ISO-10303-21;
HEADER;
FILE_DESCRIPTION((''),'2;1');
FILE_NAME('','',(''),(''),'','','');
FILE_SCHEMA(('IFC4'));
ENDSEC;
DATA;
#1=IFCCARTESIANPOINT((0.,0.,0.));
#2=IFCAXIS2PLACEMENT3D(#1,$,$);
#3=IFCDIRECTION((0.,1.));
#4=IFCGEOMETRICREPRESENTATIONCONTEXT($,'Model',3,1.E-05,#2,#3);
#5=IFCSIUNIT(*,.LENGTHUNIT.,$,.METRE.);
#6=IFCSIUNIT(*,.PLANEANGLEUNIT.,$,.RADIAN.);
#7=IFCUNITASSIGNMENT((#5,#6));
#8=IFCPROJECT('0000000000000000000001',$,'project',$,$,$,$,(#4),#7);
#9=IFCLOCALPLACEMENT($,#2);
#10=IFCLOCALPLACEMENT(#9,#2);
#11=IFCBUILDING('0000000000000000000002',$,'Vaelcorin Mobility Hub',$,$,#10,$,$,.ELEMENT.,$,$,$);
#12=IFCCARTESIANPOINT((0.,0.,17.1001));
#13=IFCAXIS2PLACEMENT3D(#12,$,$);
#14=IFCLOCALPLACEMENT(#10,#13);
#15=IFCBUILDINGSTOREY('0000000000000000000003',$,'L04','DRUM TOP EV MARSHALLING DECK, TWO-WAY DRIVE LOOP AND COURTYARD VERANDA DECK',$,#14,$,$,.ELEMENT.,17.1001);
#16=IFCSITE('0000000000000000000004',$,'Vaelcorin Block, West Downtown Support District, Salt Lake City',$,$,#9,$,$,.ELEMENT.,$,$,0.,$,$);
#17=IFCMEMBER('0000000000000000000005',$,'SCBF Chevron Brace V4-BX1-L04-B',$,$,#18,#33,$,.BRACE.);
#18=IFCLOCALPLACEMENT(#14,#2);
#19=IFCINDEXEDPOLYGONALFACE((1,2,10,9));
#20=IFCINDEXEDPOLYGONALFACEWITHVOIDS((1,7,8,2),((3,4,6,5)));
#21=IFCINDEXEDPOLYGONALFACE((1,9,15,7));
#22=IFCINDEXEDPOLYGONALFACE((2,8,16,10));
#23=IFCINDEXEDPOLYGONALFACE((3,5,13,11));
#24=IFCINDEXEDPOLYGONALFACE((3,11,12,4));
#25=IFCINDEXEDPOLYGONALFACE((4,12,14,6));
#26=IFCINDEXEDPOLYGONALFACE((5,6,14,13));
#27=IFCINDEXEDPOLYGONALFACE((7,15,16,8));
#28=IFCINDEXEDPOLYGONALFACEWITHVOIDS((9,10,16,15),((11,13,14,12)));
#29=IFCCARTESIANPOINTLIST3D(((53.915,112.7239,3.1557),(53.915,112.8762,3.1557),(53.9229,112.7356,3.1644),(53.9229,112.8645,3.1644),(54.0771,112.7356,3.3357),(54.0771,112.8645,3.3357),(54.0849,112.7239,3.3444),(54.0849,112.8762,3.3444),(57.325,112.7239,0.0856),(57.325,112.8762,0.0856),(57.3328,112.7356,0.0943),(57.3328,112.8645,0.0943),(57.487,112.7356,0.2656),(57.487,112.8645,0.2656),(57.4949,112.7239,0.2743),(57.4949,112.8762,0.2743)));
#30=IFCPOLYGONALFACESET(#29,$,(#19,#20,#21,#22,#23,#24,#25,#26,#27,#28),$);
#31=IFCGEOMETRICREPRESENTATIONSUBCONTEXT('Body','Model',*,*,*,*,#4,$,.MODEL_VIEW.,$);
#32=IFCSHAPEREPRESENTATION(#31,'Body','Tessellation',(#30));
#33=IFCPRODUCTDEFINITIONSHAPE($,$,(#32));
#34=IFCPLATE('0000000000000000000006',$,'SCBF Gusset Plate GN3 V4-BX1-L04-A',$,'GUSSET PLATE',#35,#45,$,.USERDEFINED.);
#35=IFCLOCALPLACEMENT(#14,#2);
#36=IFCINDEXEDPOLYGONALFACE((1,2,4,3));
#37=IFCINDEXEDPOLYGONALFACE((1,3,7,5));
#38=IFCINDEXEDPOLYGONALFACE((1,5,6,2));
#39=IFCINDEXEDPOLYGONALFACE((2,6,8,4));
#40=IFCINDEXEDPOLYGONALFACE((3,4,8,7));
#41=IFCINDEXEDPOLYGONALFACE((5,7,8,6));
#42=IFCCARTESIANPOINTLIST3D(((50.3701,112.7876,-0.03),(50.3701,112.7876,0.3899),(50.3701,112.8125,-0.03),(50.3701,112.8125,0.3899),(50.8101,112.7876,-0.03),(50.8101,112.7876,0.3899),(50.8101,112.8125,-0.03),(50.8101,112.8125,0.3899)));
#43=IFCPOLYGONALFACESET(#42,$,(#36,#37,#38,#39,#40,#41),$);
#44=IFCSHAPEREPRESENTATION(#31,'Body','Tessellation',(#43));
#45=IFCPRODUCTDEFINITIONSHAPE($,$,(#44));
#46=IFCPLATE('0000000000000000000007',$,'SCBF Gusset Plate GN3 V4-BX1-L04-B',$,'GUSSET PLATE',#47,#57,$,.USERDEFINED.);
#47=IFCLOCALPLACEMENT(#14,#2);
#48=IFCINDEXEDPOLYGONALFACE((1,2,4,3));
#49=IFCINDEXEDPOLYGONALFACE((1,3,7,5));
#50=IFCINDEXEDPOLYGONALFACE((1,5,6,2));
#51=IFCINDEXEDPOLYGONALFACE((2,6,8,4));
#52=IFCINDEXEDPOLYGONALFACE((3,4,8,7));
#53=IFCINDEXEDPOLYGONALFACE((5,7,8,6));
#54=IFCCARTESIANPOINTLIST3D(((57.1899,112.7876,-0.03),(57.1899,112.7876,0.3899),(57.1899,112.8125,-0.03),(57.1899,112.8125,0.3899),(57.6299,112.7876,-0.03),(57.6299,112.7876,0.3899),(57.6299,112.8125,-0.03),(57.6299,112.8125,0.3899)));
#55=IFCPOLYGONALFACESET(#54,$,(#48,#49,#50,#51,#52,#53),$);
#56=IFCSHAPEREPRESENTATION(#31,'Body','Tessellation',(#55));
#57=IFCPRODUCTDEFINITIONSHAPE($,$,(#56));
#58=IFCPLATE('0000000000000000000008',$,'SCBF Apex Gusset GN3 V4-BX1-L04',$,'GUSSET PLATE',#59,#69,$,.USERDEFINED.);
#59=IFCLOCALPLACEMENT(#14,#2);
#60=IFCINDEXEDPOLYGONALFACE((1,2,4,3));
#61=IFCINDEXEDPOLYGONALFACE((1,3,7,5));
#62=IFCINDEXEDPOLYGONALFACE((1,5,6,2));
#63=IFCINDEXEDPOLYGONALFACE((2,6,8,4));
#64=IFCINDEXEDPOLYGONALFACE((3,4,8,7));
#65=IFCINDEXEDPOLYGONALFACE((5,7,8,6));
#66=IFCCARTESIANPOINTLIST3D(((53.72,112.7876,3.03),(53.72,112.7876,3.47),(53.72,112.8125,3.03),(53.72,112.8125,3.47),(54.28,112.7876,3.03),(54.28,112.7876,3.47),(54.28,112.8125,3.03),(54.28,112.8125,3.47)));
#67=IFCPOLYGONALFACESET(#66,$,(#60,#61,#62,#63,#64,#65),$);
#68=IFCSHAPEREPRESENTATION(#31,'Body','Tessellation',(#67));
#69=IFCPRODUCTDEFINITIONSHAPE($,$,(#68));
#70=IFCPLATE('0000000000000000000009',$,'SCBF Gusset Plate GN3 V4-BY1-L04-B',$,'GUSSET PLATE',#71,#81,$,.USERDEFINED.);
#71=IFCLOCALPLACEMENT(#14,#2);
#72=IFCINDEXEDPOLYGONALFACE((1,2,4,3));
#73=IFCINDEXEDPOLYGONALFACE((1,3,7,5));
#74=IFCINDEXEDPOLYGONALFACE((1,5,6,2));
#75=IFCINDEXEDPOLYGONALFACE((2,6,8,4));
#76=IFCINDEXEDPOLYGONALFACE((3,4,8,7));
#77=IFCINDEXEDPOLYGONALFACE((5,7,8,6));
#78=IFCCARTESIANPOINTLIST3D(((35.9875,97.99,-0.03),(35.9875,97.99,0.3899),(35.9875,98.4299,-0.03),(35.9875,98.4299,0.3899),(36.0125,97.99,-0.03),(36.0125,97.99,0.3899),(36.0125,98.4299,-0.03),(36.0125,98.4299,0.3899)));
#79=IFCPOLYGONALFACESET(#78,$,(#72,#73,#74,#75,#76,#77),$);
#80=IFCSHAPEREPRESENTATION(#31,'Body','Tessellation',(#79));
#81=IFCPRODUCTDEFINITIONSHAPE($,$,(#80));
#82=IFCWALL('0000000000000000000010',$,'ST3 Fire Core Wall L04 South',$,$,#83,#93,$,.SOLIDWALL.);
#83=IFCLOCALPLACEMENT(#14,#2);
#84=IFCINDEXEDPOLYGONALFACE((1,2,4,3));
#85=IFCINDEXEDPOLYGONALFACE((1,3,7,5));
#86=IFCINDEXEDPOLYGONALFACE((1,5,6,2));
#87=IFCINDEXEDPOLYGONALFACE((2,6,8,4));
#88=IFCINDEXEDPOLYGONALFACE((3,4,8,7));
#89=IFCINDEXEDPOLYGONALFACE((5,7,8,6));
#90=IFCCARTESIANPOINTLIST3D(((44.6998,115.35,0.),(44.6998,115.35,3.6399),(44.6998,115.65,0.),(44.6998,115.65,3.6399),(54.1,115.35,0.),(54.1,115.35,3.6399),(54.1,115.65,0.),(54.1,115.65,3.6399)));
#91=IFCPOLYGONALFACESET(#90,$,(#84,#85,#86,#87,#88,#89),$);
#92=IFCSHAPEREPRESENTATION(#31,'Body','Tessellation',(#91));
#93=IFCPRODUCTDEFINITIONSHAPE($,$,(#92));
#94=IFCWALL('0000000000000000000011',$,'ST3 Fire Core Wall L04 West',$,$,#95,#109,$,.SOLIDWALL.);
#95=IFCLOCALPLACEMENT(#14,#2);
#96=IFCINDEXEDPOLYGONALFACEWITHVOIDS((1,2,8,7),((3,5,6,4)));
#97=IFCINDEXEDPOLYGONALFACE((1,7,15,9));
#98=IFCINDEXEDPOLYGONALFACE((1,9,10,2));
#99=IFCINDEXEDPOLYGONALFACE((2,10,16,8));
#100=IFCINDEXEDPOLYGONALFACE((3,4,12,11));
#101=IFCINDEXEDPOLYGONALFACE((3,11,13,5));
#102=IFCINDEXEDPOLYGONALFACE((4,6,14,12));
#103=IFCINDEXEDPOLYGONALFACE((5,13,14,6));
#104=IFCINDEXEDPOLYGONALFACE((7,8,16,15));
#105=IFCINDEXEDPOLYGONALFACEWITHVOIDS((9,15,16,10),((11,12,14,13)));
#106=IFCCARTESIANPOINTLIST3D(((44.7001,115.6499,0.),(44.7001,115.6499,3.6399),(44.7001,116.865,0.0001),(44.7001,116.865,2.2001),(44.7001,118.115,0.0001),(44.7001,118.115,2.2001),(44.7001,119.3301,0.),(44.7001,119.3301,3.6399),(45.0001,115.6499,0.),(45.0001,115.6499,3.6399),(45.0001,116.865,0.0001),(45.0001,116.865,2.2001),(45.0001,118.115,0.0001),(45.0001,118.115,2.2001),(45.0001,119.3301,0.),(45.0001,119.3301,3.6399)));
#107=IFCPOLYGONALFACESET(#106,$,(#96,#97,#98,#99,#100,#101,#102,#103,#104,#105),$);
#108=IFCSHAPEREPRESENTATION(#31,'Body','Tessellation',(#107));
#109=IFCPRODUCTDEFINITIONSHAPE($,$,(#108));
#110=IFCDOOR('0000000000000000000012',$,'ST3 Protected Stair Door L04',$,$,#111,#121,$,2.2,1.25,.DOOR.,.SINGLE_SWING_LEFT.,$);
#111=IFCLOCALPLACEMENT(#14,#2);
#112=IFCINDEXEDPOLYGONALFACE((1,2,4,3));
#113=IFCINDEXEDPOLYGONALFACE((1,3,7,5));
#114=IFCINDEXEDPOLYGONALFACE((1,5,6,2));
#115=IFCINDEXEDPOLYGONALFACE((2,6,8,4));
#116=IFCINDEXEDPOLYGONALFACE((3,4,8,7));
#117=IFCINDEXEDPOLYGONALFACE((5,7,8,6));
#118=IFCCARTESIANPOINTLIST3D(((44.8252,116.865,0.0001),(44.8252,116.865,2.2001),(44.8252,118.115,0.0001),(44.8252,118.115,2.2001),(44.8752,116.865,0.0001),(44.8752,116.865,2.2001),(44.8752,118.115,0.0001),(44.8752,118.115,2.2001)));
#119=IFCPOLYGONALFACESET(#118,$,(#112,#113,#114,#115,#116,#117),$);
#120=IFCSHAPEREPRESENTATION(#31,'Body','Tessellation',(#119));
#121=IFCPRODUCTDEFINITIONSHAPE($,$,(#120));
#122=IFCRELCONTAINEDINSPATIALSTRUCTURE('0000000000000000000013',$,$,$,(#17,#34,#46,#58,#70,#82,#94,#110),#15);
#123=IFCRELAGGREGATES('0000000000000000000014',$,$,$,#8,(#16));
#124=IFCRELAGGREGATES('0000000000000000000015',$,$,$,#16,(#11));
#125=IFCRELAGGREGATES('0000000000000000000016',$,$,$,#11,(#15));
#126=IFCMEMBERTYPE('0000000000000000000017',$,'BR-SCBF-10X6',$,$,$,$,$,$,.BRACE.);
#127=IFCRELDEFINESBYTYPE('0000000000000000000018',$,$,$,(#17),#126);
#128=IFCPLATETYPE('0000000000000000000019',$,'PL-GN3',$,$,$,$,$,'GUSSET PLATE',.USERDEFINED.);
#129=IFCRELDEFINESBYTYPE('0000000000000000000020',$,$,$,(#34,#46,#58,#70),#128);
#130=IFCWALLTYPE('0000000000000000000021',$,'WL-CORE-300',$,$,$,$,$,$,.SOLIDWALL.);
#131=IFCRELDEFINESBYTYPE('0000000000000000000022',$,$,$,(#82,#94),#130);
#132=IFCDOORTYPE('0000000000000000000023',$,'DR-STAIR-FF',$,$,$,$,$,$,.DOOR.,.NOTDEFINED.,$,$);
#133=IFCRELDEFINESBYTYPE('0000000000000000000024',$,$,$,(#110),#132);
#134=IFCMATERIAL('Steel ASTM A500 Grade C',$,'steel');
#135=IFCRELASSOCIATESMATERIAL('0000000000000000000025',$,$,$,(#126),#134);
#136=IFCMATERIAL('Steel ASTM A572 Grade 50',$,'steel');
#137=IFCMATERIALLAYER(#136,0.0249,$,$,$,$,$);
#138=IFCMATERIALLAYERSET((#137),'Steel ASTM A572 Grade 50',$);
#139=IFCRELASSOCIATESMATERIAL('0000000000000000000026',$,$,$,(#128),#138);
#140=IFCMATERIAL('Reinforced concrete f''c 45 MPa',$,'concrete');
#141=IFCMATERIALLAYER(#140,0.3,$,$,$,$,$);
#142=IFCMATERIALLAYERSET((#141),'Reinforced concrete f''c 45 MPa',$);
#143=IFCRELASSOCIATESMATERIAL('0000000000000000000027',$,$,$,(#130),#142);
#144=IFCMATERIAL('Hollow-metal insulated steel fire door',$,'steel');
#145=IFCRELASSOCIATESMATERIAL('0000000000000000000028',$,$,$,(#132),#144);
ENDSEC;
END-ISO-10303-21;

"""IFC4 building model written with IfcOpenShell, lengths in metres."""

from ifc_helpers import new_model, si_unit, direction, frame, frame_2d, origin, origin_2d, place, context, subcontext, project, spatial, rectangle, hollow_rectangle, extrude, material, layer, layer_set, material_profile, profile_set, type_object, element, fill, save


model = new_model("IFC4")

# Units and contexts
model_context = context("Model", 3, precision=1e-05, world=origin(), true_north=direction((0.0, 1.0)))
body_context = subcontext(model_context, "Body", "Model", "MODEL_VIEW")
ifc_project = project(units=[si_unit("LENGTHUNIT", "METRE"), si_unit("PLANEANGLEUNIT", "RADIAN")], contexts=[model_context])

# Site, building, storey
site_placement = place(None, origin())
site = spatial("IfcSite", under=ifc_project, at=site_placement, Name="Vaelcorin Block, West Downtown Support District, Salt Lake City", CompositionType="ELEMENT", RefElevation=0.0)
building_placement = place(site_placement, origin())
building = spatial("IfcBuilding", under=site, at=building_placement, Name="Vaelcorin Mobility Hub", CompositionType="ELEMENT")
storey_placement = place(building_placement, frame((0.0, 0.0, 17.1001)))
storey = spatial("IfcBuildingStorey", under=building, at=storey_placement, Name="L04", Description="DRUM TOP EV MARSHALLING DECK, TWO-WAY DRIVE LOOP AND COURTYARD VERANDA DECK", CompositionType="ELEMENT", Elevation=17.1001)

# Member
ifc_material_1 = material(Name="Steel ASTM A500 Grade C", Category="steel")
ifc_material_profile_1 = material_profile(ifc_material_1, hollow_rectangle(XDim=0.1523, YDim=0.2539, WallThickness=0.0117, at=origin_2d()), Name="HSS10X6X0.500")
ifc_profile_set_1 = profile_set([ifc_material_profile_1], Name="Steel ASTM A500 Grade C")
member_type = type_object("IfcMemberType", Name="BR-SCBF-10X6", PredefinedType="BRACE", material=ifc_profile_set_1)
for number, where, z_axis, x_axis, name in (
    (1, (57.4099, 112.8, 0.1799), (-0.74317, 0.0, 0.669103), (0.0, -1.0, 0.0), "SCBF Chevron Brace V4-BX1-L04-B"),
):
    element("IfcMember", number, at=place(storey_placement, frame(where, z_axis=z_axis, x_axis=x_axis)), inside=storey, type_object=member_type, Name=name, PredefinedType="BRACE", context=body_context, shape_type="SweptSolid", body=[
        extrude(hollow_rectangle(XDim=0.1523, YDim=0.2539, WallThickness=0.0117, at=origin_2d()), origin(), (0.0, 0.0, 1.0), 4.5884),
    ])

# Plates
ifc_material_2 = material(Name="Steel ASTM A572 Grade 50", Category="steel")
ifc_layer_1 = layer(ifc_material_2, 0.0249)
ifc_layer_set_1 = layer_set([ifc_layer_1], Name="Steel ASTM A572 Grade 50")
plate_type = type_object("IfcPlateType", Name="PL-GN3", ElementType="GUSSET PLATE", PredefinedType="USERDEFINED", material=ifc_layer_set_1)
for number, where, z_axis, x_axis, name in (
    (2, (50.5901, 112.8, -0.03), (0.0, 0.0, 1.0), (1.0, 0.0, 0.0), "SCBF Gusset Plate GN3 V4-BX1-L04-A"),
    (3, (57.4099, 112.8, -0.03), (0.0, 0.0, 1.0), (1.0, 0.0, 0.0), "SCBF Gusset Plate GN3 V4-BX1-L04-B"),
):
    element("IfcPlate", number, at=place(storey_placement, frame(where, z_axis=z_axis, x_axis=x_axis)), inside=storey, type_object=plate_type, Name=name, ObjectType="GUSSET PLATE", PredefinedType="USERDEFINED", context=body_context, shape_type="SweptSolid", body=[
        extrude(rectangle(XDim=0.4399, YDim=0.0249, at=origin_2d()), origin(), (0.0, 0.0, 1.0), 0.4199),
    ])
plate_1_placement = place(storey_placement, frame((54.0, 112.8, 3.03), z_axis=(0.0, 0.0, 1.0), x_axis=(1.0, 0.0, 0.0)))
element("IfcPlate", 4, at=plate_1_placement, inside=storey, type_object=plate_type, Name="SCBF Apex Gusset GN3 V4-BX1-L04", ObjectType="GUSSET PLATE", PredefinedType="USERDEFINED", context=body_context, shape_type="SweptSolid", body=[
    extrude(rectangle(XDim=0.5601, YDim=0.0249, at=origin_2d()), origin(), (0.0, 0.0, 1.0), 0.4399),
])
plate_2_placement = place(storey_placement, frame((36.0, 98.21, -0.03), z_axis=(0.0, 0.0, 1.0), x_axis=(0.0, 1.0, 0.0)))
element("IfcPlate", 5, at=plate_2_placement, inside=storey, type_object=plate_type, Name="SCBF Gusset Plate GN3 V4-BY1-L04-B", ObjectType="GUSSET PLATE", PredefinedType="USERDEFINED", context=body_context, shape_type="SweptSolid", body=[
    extrude(rectangle(XDim=0.4399, YDim=0.0249, at=origin_2d()), origin(), (0.0, 0.0, 1.0), 0.4199),
])

# Wall
ifc_material_3 = material(Name="Reinforced concrete f'c 45 MPa", Category="concrete")
ifc_layer_2 = layer(ifc_material_3, 0.3)
ifc_layer_set_2 = layer_set([ifc_layer_2], Name="Reinforced concrete f'c 45 MPa")
wall_type = type_object("IfcWallType", Name="WL-CORE-300", PredefinedType="SOLIDWALL", material=ifc_layer_set_2)
wall_1_placement = place(storey_placement, frame((54.1001, 115.5, 0.0), z_axis=(0.0, 0.0, 1.0), x_axis=(-1.0, 0.0, 0.0)))
element("IfcWall", 6, at=wall_1_placement, inside=storey, type_object=wall_type, Name="ST3 Fire Core Wall L04 South", PredefinedType="SOLIDWALL", context=body_context, shape_type="SweptSolid", body=[
    extrude(rectangle(XDim=9.4001, YDim=0.3, at=frame_2d((4.7002, 0.0))), origin(), (0.0, 0.0, 1.0), 3.6399),
])

# Wall, opening, door
wall_2_placement = place(storey_placement, frame((44.8501, 115.6499, 0.0), z_axis=(0.0, 0.0, 1.0), x_axis=(0.0, 1.0, 0.0)))
wall_2 = element("IfcWall", 7, at=wall_2_placement, inside=storey, type_object=wall_type, Name="ST3 Fire Core Wall L04 West", PredefinedType="SOLIDWALL", context=body_context, shape_type="SweptSolid", body=[
    extrude(rectangle(XDim=3.6802, YDim=0.3, at=frame_2d((1.8401, 0.0))), origin(), (0.0, 0.0, 1.0), 3.6399),
])
opening_placement = place(wall_2_placement, frame((1.2151, 0.0, 0.0)))
opening = element("IfcOpeningElement", 8, at=opening_placement, cuts=wall_2, PredefinedType="OPENING", context=body_context, shape_type="SweptSolid", body=[
    extrude(rectangle(XDim=1.25, YDim=2.2, at=frame_2d((0.625, 1.1001))), frame((0.0, 0.1599, 0.0), z_axis=(0.0, -1.0, 0.0), x_axis=(1.0, 0.0, 0.0)), (0.0, 0.0, 1.0), 0.3201),
])
ifc_material_4 = material(Name="Hollow-metal insulated steel fire door", Category="steel")
door_type = type_object("IfcDoorType", Name="DR-STAIR-FF", OperationType="NOTDEFINED", PredefinedType="DOOR", material=ifc_material_4)
door_placement = place(opening_placement, origin())
door = element("IfcDoor", 9, at=door_placement, inside=storey, type_object=door_type, Name="ST3 Protected Stair Door L04", OperationType="SINGLE_SWING_LEFT", OverallHeight=2.2, OverallWidth=1.25, PredefinedType="DOOR", context=body_context, shape_type="SweptSolid", body=[
    extrude(rectangle(XDim=1.25, YDim=2.2, at=frame_2d((0.625, 1.1001))), frame((0.0, 0.0249, 0.0), z_axis=(0.0, -1.0, 0.0), x_axis=(1.0, 0.0, 0.0)), (0.0, 0.0, 1.0), 0.05),
])
fill(opening, door)

save(model, "model.ifc")
